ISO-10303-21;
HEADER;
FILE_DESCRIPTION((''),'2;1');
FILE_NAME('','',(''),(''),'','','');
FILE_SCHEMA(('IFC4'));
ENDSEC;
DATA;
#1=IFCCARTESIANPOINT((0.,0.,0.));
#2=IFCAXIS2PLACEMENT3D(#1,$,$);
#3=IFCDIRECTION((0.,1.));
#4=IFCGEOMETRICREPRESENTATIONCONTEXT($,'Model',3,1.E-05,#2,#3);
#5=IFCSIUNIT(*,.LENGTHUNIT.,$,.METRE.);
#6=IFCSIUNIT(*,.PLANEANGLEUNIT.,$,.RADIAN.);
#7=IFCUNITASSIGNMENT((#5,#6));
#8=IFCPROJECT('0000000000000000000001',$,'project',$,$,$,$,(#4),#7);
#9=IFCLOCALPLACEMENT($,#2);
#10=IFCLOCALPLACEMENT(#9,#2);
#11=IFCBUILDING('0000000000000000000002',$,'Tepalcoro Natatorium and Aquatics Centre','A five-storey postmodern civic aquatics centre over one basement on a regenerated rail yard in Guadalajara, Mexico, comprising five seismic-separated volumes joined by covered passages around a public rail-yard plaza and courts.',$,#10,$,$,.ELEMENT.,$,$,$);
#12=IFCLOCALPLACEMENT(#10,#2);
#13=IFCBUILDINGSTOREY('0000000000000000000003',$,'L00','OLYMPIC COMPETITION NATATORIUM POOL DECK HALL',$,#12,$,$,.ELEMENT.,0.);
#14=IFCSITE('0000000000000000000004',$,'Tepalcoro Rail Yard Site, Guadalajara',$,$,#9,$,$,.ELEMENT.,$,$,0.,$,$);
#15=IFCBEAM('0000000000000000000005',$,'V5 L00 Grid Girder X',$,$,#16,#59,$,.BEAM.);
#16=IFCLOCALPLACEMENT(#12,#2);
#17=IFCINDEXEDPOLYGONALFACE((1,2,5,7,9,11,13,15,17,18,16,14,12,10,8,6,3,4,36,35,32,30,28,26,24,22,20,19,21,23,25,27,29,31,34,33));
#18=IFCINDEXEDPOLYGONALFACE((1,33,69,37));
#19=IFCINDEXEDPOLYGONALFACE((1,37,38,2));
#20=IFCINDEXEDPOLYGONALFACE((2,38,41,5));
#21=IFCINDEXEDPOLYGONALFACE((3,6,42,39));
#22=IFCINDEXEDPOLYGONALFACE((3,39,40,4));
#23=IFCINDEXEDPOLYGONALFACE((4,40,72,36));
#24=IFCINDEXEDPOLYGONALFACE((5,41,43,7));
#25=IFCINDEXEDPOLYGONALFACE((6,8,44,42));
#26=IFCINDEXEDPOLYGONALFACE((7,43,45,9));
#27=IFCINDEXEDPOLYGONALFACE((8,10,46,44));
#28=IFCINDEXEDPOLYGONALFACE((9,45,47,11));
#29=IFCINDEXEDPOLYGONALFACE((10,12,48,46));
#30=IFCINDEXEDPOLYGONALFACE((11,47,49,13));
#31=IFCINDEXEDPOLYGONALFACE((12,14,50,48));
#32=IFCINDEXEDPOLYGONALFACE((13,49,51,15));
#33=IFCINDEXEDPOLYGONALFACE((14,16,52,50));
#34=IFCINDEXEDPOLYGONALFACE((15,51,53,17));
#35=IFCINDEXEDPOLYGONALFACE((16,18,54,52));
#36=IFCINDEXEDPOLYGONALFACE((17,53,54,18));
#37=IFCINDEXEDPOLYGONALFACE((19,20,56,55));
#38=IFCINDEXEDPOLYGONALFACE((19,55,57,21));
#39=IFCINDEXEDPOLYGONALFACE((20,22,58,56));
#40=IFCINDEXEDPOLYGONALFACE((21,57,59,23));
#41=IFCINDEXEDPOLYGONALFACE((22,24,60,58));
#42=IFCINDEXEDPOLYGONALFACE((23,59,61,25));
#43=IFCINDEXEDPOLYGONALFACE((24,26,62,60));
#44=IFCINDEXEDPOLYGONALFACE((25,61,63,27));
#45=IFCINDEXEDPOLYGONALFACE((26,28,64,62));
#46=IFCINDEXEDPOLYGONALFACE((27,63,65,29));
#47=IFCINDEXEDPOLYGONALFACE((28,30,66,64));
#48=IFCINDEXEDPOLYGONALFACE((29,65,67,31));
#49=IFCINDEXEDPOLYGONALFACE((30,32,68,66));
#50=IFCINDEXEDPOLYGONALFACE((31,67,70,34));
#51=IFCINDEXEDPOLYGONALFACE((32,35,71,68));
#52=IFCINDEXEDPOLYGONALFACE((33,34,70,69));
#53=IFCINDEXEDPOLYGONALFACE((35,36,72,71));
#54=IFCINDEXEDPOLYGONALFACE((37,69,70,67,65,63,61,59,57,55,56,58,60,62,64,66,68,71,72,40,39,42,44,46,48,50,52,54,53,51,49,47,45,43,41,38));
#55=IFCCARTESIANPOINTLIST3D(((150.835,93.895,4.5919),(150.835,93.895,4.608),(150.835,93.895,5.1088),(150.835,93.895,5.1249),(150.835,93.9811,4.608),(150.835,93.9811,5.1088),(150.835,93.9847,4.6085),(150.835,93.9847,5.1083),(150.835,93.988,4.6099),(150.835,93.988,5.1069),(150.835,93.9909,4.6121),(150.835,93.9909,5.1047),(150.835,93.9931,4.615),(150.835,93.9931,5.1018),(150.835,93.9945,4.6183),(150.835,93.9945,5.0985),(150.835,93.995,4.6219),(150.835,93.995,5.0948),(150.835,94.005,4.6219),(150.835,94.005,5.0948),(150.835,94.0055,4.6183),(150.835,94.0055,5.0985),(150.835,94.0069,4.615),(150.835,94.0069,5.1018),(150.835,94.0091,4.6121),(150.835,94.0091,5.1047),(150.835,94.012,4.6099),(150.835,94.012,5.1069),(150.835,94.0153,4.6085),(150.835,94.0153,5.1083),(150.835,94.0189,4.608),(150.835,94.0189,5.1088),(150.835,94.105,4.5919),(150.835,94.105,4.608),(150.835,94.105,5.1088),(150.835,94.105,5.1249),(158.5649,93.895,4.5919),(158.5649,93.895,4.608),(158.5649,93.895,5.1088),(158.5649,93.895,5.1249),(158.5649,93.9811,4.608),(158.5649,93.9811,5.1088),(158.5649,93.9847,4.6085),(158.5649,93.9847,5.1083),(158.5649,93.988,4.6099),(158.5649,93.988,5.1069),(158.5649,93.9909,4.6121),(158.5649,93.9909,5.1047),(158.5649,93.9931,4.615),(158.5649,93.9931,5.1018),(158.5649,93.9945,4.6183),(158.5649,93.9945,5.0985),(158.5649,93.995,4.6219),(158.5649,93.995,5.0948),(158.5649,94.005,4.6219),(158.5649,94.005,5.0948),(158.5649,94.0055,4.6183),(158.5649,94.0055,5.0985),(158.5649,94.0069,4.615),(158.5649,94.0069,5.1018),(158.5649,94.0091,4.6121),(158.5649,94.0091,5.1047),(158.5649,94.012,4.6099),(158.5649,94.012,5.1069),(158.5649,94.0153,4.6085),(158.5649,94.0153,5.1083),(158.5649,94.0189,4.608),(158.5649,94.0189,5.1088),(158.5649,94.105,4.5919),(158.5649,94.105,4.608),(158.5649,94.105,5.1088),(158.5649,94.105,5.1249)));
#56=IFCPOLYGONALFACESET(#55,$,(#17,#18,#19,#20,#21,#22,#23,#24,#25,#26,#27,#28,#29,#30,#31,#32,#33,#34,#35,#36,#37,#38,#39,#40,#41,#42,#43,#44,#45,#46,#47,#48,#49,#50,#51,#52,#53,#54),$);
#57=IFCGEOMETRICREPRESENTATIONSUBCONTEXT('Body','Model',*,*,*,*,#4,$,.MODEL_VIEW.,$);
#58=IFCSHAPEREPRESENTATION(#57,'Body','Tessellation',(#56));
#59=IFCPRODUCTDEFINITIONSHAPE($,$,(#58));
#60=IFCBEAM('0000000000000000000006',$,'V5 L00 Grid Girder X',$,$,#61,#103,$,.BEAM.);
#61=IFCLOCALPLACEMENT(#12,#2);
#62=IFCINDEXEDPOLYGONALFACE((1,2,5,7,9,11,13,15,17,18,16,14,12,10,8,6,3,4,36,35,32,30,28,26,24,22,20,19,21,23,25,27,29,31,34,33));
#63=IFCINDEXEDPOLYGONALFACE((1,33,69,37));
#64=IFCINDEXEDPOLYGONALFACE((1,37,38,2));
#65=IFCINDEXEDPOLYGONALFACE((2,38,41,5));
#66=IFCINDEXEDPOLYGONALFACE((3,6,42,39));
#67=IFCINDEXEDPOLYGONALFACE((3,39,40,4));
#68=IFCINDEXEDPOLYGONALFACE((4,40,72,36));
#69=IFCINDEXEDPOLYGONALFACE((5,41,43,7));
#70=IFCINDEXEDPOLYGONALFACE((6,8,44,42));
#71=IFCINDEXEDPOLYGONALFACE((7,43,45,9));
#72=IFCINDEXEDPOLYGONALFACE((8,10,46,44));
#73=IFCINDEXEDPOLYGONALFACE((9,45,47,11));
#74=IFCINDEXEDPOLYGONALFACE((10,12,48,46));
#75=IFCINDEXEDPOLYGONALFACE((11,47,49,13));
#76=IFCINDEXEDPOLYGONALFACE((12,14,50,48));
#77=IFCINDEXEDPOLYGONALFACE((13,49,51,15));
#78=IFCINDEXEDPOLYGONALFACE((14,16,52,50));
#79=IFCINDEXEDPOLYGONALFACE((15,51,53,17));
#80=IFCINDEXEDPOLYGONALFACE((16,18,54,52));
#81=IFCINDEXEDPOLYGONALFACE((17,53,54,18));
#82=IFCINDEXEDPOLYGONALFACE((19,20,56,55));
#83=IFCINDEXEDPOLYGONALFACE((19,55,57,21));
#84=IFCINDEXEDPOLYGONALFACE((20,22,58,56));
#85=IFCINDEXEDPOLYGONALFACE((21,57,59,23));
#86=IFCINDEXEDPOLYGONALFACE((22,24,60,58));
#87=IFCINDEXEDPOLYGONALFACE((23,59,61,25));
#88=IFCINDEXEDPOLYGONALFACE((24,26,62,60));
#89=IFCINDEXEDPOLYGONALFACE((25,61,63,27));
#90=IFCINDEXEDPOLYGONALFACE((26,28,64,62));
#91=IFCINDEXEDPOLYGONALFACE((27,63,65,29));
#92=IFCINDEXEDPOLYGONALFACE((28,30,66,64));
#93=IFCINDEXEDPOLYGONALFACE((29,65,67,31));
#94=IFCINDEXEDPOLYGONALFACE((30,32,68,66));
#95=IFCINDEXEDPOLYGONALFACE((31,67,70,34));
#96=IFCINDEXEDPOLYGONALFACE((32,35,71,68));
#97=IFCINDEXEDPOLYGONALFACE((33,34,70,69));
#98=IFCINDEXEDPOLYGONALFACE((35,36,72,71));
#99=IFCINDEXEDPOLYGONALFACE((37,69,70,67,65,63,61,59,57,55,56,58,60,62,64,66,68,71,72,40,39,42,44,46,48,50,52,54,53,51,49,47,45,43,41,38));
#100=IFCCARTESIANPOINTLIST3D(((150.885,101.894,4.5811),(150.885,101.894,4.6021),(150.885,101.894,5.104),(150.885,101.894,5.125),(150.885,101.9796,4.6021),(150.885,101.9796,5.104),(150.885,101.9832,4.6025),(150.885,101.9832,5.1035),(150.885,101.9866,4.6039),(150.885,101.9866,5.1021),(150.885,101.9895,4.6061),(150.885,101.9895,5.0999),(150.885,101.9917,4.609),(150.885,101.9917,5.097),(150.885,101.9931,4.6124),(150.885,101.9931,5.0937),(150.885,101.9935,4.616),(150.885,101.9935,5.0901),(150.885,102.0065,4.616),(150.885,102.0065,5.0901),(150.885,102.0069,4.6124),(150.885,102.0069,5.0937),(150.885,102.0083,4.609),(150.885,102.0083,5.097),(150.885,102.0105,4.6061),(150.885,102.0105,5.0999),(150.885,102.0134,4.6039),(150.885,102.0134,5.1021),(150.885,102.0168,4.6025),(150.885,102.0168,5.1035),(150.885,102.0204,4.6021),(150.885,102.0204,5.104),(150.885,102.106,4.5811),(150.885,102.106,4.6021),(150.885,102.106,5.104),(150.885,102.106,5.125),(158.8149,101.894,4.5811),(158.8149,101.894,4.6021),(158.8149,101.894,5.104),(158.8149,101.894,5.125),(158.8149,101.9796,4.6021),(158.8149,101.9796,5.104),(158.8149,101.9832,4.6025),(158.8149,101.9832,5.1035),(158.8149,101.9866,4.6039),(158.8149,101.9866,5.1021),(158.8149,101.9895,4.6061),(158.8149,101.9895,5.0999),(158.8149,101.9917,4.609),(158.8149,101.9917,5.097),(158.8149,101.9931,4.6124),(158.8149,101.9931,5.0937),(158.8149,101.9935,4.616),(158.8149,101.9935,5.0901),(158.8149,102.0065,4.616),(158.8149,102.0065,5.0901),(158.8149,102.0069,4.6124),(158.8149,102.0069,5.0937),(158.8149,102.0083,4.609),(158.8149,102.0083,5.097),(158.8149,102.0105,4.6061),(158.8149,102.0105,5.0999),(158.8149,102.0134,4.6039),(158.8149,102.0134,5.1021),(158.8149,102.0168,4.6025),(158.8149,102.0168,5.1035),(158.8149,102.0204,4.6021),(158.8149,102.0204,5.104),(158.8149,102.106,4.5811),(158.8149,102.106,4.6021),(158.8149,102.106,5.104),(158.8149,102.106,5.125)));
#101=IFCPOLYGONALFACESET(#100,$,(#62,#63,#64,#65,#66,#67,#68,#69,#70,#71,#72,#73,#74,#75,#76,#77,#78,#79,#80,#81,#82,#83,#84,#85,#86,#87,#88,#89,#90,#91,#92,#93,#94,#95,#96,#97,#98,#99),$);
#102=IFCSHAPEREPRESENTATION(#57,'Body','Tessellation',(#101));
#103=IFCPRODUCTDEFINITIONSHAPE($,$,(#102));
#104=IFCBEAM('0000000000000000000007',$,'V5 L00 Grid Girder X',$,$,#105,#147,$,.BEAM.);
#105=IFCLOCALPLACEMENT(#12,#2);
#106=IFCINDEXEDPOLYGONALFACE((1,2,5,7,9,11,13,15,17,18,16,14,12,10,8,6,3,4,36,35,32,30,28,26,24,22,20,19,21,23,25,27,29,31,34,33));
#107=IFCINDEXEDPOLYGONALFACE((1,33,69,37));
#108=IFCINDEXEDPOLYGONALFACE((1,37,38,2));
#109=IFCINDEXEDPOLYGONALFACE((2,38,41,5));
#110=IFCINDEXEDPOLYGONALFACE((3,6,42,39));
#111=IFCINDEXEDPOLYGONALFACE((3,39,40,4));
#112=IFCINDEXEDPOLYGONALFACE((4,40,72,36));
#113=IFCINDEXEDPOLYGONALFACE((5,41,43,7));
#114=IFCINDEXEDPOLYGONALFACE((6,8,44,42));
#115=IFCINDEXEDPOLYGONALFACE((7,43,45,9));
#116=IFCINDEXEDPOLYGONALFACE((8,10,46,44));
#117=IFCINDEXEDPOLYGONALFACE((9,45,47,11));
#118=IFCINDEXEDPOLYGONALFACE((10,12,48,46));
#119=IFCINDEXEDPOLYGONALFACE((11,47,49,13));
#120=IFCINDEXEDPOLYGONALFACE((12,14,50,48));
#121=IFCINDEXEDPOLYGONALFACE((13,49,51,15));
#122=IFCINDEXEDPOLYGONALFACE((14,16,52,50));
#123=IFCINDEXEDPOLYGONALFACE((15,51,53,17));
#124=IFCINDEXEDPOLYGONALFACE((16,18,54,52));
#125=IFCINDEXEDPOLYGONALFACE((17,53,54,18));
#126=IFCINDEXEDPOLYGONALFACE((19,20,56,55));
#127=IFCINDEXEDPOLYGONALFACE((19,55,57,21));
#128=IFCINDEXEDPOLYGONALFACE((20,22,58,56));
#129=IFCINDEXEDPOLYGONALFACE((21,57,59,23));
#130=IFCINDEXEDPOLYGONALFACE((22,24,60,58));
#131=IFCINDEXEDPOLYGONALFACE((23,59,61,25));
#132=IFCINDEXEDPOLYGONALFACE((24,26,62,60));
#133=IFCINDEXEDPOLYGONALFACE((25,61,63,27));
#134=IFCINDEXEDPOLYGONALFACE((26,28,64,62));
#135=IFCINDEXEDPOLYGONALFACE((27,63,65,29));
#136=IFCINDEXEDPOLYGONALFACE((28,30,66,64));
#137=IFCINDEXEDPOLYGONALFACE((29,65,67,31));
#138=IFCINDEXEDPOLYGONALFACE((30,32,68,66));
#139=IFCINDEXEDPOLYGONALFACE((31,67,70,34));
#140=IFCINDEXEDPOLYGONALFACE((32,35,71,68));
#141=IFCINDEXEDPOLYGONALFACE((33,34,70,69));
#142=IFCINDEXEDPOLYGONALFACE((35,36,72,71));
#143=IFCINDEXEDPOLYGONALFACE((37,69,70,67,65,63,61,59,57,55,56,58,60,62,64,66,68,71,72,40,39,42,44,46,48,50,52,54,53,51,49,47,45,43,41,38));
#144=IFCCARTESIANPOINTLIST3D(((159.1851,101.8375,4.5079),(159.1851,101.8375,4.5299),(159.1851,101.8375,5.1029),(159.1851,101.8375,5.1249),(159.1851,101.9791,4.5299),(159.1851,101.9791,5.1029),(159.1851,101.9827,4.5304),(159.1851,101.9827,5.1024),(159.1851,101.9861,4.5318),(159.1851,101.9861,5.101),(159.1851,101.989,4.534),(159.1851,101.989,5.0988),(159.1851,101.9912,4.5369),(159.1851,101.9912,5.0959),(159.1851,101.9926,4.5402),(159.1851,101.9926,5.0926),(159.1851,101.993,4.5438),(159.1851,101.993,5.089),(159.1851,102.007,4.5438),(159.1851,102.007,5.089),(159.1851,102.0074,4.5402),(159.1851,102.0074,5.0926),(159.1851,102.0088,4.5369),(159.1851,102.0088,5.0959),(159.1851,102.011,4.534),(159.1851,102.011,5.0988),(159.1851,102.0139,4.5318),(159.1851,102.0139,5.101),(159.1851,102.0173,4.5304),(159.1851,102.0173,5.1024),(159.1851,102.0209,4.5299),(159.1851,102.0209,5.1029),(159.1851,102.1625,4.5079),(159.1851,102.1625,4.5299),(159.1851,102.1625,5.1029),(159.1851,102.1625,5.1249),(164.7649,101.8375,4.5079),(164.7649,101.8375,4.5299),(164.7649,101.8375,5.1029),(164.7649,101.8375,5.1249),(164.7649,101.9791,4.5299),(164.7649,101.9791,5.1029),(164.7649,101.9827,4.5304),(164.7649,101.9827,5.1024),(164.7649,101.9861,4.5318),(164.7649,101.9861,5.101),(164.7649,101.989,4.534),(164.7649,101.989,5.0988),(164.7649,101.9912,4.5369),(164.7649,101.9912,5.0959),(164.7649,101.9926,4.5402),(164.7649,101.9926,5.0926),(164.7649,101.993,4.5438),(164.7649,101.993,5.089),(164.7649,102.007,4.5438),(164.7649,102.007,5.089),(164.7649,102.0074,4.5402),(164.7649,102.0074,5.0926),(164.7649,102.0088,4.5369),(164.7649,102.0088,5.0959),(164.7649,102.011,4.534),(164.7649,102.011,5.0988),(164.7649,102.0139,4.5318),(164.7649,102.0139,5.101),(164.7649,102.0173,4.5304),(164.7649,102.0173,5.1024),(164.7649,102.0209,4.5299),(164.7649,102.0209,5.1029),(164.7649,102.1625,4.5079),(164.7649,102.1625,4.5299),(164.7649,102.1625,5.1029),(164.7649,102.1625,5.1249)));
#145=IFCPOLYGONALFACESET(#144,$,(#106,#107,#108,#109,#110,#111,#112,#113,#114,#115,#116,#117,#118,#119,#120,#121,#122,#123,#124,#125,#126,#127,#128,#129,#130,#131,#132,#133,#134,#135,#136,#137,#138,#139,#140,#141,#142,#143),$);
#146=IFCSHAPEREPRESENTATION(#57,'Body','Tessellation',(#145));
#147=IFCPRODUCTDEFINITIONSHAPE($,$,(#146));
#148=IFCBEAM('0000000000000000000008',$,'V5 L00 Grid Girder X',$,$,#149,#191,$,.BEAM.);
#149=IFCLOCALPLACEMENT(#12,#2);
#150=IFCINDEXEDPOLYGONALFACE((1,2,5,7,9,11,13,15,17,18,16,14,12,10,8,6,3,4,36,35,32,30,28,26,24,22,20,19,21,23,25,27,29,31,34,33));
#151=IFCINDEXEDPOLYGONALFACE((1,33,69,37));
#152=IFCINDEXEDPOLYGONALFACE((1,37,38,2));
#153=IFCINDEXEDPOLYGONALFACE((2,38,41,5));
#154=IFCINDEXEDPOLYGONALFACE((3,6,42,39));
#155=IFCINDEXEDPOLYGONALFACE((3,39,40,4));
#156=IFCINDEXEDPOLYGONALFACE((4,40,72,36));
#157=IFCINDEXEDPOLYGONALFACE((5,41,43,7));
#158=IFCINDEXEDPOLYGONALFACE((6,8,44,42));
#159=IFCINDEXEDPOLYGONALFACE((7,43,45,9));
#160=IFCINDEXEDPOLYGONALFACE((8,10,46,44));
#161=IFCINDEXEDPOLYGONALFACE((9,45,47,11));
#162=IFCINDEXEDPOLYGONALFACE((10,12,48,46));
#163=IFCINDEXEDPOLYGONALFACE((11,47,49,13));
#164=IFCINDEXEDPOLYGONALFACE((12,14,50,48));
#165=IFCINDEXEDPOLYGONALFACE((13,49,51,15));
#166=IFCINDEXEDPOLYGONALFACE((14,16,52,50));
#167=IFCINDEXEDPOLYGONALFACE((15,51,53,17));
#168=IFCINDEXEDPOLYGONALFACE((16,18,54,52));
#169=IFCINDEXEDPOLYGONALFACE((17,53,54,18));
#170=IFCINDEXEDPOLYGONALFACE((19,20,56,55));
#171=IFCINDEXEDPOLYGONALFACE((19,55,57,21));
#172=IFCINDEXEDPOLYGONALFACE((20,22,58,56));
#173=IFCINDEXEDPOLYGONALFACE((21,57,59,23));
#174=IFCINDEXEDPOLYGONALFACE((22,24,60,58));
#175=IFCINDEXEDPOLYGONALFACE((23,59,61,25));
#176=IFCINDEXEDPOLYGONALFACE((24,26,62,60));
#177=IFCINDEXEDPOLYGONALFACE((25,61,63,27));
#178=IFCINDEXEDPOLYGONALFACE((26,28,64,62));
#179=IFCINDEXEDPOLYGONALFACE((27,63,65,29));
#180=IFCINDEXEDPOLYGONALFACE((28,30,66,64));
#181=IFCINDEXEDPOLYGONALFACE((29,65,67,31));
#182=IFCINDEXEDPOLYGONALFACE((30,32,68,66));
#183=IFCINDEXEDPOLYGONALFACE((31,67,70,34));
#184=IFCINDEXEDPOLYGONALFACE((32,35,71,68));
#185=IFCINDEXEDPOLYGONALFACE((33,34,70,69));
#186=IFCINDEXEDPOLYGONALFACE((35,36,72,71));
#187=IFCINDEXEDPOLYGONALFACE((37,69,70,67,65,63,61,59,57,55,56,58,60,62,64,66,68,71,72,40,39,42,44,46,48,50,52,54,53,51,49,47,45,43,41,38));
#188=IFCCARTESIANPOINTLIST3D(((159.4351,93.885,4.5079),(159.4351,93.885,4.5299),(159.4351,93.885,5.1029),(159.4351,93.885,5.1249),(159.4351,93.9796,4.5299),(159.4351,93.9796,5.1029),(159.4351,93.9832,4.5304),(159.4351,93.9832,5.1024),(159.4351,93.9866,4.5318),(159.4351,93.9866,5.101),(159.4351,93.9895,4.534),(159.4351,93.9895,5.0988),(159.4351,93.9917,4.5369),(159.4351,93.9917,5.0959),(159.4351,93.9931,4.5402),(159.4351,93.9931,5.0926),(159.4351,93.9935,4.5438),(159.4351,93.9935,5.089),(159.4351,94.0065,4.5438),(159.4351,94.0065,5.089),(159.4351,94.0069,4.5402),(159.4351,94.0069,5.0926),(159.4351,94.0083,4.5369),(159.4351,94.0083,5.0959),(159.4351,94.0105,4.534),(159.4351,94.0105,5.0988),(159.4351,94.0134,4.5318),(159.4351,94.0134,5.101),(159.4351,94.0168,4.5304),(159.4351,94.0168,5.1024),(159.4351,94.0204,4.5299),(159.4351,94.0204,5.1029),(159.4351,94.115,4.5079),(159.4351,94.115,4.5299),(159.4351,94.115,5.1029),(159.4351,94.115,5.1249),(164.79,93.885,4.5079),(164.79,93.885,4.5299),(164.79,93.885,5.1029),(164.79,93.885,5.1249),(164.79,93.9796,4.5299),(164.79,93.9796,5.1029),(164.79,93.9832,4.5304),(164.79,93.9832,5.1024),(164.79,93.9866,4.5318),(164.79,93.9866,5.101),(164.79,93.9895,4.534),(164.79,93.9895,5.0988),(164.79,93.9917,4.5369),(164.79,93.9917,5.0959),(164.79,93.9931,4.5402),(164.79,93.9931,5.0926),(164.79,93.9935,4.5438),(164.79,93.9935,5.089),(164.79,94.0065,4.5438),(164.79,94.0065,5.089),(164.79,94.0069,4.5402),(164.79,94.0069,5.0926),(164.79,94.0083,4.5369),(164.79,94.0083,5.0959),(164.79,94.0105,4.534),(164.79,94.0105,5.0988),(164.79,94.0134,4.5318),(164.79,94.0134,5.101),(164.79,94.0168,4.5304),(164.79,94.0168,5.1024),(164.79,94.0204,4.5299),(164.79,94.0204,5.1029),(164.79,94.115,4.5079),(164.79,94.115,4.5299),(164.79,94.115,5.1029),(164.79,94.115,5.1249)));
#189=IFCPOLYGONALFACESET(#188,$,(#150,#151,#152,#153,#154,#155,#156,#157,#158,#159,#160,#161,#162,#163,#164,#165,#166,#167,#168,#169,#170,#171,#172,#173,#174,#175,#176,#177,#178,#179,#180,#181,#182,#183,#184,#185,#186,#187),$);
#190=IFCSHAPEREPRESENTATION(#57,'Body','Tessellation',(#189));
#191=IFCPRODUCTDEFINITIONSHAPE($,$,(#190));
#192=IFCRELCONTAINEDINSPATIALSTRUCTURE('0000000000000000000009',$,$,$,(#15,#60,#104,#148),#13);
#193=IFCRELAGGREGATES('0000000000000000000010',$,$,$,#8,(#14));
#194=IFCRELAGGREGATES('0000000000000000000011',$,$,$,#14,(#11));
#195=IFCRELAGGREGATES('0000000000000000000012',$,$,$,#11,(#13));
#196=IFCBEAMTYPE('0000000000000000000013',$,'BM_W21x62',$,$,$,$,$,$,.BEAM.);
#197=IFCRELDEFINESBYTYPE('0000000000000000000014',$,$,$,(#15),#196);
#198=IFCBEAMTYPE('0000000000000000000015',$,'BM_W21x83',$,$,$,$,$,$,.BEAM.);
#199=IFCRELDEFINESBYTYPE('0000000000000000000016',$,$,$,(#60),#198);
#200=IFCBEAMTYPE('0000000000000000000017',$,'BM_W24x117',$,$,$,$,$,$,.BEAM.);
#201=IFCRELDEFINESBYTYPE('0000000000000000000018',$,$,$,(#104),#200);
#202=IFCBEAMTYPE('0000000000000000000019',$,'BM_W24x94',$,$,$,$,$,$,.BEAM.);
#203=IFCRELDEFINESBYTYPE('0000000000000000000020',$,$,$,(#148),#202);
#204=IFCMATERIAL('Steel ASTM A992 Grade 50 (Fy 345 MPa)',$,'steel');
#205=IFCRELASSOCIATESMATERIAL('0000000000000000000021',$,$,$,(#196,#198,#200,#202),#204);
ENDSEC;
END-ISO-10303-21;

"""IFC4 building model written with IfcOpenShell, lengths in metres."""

from ifc_helpers import new_model, si_unit, direction, frame, origin, origin_2d, place, context, subcontext, project, spatial, i_section, extrude, material, material_profile, profile_set, type_object, element, save


model = new_model("IFC4")

# Units and contexts
model_context = context("Model", 3, precision=1e-05, world=origin(), true_north=direction((0.0, 1.0)))
body_context = subcontext(model_context, "Body", "Model", "MODEL_VIEW")
ifc_project = project(units=[si_unit("LENGTHUNIT", "METRE"), si_unit("PLANEANGLEUNIT", "RADIAN")], contexts=[model_context])

# Site, building, storey
site_placement = place(None, origin())
site = spatial("IfcSite", under=ifc_project, at=site_placement, Name="Tepalcoro Rail Yard Site, Guadalajara", CompositionType="ELEMENT", RefElevation=0.0)
building_placement = place(site_placement, origin())
building = spatial("IfcBuilding", under=site, at=building_placement, Name="Tepalcoro Natatorium and Aquatics Centre", Description="A five-storey postmodern civic aquatics centre over one basement on a regenerated rail yard in Guadalajara, Mexico, comprising five seismic-separated volumes joined by covered passages around a public rail-yard plaza and courts.", CompositionType="ELEMENT")
storey_placement = place(building_placement, origin())
storey = spatial("IfcBuildingStorey", under=building, at=storey_placement, Name="L00", Description="OLYMPIC COMPETITION NATATORIUM POOL DECK HALL", CompositionType="ELEMENT", Elevation=0.0)

# Beams
ifc_material_1 = material(Name="Steel ASTM A992 Grade 50 (Fy 345 MPa)", Category="steel")
ifc_material_profile_1 = material_profile(ifc_material_1, i_section(OverallWidth=0.21, OverallDepth=0.533, WebThickness=0.01, FlangeThickness=0.0161, FilletRadius=0.0139, at=origin_2d()), Name="W21X62")
ifc_profile_set_1 = profile_set([ifc_material_profile_1], Name="Steel ASTM A992 Grade 50 (Fy 345 MPa)")
beam_type_1 = type_object("IfcBeamType", Name="BM_W21x62", PredefinedType="BEAM", material=ifc_profile_set_1)
beam_1_placement = place(storey_placement, frame((150.835, 94.0, 4.8584), z_axis=(1.0, 0.0, 0.0), x_axis=(0.0, 1.0, 0.0)))
element("IfcBeam", 1, at=beam_1_placement, inside=storey, type_object=beam_type_1, Name="V5 L00 Grid Girder X", PredefinedType="BEAM", context=body_context, shape_type="SweptSolid", body=[
    extrude(i_section(OverallWidth=0.21, OverallDepth=0.533, WebThickness=0.01, FlangeThickness=0.0161, FilletRadius=0.0139, at=origin_2d()), origin(), (0.0, 0.0, 1.0), 7.73),
])
ifc_material_profile_2 = material_profile(ifc_material_1, i_section(OverallWidth=0.2119, OverallDepth=0.5439, WebThickness=0.0129, FlangeThickness=0.021, FilletRadius=0.0139, at=origin_2d()), Name="W21X83")
ifc_profile_set_2 = profile_set([ifc_material_profile_2], Name="Steel ASTM A992 Grade 50 (Fy 345 MPa)")
beam_type_2 = type_object("IfcBeamType", Name="BM_W21x83", PredefinedType="BEAM", material=ifc_profile_set_2)
beam_2_placement = place(storey_placement, frame((150.885, 102.0, 4.853), z_axis=(1.0, 0.0, 0.0), x_axis=(0.0, 1.0, 0.0)))
element("IfcBeam", 2, at=beam_2_placement, inside=storey, type_object=beam_type_2, Name="V5 L00 Grid Girder X", PredefinedType="BEAM", context=body_context, shape_type="SweptSolid", body=[
    extrude(i_section(OverallWidth=0.2119, OverallDepth=0.5439, WebThickness=0.0129, FlangeThickness=0.021, FilletRadius=0.0139, at=origin_2d()), origin(), (0.0, 0.0, 1.0), 7.9299),
])
ifc_material_profile_3 = material_profile(ifc_material_1, i_section(OverallWidth=0.325, OverallDepth=0.6169, WebThickness=0.0139, FlangeThickness=0.022, FilletRadius=0.0139, at=origin_2d()), Name="W24X117")
ifc_profile_set_3 = profile_set([ifc_material_profile_3], Name="Steel ASTM A992 Grade 50 (Fy 345 MPa)")
beam_type_3 = type_object("IfcBeamType", Name="BM_W24x117", PredefinedType="BEAM", material=ifc_profile_set_3)
beam_3_placement = place(storey_placement, frame((159.1851, 102.0, 4.8164), z_axis=(1.0, 0.0, 0.0), x_axis=(0.0, 1.0, 0.0)))
element("IfcBeam", 3, at=beam_3_placement, inside=storey, type_object=beam_type_3, Name="V5 L00 Grid Girder X", PredefinedType="BEAM", context=body_context, shape_type="SweptSolid", body=[
    extrude(i_section(OverallWidth=0.325, OverallDepth=0.6169, WebThickness=0.0139, FlangeThickness=0.022, FilletRadius=0.0139, at=origin_2d()), origin(), (0.0, 0.0, 1.0), 5.5798),
])
ifc_material_profile_4 = material_profile(ifc_material_1, i_section(OverallWidth=0.23, OverallDepth=0.6169, WebThickness=0.0129, FlangeThickness=0.022, FilletRadius=0.0139, at=origin_2d()), Name="W24X94")
ifc_profile_set_4 = profile_set([ifc_material_profile_4], Name="Steel ASTM A992 Grade 50 (Fy 345 MPa)")
beam_type_4 = type_object("IfcBeamType", Name="BM_W24x94", PredefinedType="BEAM", material=ifc_profile_set_4)
beam_4_placement = place(storey_placement, frame((159.4351, 94.0, 4.8164), z_axis=(1.0, 0.0, 0.0), x_axis=(0.0, 1.0, 0.0)))
element("IfcBeam", 4, at=beam_4_placement, inside=storey, type_object=beam_type_4, Name="V5 L00 Grid Girder X", PredefinedType="BEAM", context=body_context, shape_type="SweptSolid", body=[
    extrude(i_section(OverallWidth=0.23, OverallDepth=0.6169, WebThickness=0.0129, FlangeThickness=0.022, FilletRadius=0.0139, at=origin_2d()), origin(), (0.0, 0.0, 1.0), 5.355),
])

save(model, "model.ifc")
